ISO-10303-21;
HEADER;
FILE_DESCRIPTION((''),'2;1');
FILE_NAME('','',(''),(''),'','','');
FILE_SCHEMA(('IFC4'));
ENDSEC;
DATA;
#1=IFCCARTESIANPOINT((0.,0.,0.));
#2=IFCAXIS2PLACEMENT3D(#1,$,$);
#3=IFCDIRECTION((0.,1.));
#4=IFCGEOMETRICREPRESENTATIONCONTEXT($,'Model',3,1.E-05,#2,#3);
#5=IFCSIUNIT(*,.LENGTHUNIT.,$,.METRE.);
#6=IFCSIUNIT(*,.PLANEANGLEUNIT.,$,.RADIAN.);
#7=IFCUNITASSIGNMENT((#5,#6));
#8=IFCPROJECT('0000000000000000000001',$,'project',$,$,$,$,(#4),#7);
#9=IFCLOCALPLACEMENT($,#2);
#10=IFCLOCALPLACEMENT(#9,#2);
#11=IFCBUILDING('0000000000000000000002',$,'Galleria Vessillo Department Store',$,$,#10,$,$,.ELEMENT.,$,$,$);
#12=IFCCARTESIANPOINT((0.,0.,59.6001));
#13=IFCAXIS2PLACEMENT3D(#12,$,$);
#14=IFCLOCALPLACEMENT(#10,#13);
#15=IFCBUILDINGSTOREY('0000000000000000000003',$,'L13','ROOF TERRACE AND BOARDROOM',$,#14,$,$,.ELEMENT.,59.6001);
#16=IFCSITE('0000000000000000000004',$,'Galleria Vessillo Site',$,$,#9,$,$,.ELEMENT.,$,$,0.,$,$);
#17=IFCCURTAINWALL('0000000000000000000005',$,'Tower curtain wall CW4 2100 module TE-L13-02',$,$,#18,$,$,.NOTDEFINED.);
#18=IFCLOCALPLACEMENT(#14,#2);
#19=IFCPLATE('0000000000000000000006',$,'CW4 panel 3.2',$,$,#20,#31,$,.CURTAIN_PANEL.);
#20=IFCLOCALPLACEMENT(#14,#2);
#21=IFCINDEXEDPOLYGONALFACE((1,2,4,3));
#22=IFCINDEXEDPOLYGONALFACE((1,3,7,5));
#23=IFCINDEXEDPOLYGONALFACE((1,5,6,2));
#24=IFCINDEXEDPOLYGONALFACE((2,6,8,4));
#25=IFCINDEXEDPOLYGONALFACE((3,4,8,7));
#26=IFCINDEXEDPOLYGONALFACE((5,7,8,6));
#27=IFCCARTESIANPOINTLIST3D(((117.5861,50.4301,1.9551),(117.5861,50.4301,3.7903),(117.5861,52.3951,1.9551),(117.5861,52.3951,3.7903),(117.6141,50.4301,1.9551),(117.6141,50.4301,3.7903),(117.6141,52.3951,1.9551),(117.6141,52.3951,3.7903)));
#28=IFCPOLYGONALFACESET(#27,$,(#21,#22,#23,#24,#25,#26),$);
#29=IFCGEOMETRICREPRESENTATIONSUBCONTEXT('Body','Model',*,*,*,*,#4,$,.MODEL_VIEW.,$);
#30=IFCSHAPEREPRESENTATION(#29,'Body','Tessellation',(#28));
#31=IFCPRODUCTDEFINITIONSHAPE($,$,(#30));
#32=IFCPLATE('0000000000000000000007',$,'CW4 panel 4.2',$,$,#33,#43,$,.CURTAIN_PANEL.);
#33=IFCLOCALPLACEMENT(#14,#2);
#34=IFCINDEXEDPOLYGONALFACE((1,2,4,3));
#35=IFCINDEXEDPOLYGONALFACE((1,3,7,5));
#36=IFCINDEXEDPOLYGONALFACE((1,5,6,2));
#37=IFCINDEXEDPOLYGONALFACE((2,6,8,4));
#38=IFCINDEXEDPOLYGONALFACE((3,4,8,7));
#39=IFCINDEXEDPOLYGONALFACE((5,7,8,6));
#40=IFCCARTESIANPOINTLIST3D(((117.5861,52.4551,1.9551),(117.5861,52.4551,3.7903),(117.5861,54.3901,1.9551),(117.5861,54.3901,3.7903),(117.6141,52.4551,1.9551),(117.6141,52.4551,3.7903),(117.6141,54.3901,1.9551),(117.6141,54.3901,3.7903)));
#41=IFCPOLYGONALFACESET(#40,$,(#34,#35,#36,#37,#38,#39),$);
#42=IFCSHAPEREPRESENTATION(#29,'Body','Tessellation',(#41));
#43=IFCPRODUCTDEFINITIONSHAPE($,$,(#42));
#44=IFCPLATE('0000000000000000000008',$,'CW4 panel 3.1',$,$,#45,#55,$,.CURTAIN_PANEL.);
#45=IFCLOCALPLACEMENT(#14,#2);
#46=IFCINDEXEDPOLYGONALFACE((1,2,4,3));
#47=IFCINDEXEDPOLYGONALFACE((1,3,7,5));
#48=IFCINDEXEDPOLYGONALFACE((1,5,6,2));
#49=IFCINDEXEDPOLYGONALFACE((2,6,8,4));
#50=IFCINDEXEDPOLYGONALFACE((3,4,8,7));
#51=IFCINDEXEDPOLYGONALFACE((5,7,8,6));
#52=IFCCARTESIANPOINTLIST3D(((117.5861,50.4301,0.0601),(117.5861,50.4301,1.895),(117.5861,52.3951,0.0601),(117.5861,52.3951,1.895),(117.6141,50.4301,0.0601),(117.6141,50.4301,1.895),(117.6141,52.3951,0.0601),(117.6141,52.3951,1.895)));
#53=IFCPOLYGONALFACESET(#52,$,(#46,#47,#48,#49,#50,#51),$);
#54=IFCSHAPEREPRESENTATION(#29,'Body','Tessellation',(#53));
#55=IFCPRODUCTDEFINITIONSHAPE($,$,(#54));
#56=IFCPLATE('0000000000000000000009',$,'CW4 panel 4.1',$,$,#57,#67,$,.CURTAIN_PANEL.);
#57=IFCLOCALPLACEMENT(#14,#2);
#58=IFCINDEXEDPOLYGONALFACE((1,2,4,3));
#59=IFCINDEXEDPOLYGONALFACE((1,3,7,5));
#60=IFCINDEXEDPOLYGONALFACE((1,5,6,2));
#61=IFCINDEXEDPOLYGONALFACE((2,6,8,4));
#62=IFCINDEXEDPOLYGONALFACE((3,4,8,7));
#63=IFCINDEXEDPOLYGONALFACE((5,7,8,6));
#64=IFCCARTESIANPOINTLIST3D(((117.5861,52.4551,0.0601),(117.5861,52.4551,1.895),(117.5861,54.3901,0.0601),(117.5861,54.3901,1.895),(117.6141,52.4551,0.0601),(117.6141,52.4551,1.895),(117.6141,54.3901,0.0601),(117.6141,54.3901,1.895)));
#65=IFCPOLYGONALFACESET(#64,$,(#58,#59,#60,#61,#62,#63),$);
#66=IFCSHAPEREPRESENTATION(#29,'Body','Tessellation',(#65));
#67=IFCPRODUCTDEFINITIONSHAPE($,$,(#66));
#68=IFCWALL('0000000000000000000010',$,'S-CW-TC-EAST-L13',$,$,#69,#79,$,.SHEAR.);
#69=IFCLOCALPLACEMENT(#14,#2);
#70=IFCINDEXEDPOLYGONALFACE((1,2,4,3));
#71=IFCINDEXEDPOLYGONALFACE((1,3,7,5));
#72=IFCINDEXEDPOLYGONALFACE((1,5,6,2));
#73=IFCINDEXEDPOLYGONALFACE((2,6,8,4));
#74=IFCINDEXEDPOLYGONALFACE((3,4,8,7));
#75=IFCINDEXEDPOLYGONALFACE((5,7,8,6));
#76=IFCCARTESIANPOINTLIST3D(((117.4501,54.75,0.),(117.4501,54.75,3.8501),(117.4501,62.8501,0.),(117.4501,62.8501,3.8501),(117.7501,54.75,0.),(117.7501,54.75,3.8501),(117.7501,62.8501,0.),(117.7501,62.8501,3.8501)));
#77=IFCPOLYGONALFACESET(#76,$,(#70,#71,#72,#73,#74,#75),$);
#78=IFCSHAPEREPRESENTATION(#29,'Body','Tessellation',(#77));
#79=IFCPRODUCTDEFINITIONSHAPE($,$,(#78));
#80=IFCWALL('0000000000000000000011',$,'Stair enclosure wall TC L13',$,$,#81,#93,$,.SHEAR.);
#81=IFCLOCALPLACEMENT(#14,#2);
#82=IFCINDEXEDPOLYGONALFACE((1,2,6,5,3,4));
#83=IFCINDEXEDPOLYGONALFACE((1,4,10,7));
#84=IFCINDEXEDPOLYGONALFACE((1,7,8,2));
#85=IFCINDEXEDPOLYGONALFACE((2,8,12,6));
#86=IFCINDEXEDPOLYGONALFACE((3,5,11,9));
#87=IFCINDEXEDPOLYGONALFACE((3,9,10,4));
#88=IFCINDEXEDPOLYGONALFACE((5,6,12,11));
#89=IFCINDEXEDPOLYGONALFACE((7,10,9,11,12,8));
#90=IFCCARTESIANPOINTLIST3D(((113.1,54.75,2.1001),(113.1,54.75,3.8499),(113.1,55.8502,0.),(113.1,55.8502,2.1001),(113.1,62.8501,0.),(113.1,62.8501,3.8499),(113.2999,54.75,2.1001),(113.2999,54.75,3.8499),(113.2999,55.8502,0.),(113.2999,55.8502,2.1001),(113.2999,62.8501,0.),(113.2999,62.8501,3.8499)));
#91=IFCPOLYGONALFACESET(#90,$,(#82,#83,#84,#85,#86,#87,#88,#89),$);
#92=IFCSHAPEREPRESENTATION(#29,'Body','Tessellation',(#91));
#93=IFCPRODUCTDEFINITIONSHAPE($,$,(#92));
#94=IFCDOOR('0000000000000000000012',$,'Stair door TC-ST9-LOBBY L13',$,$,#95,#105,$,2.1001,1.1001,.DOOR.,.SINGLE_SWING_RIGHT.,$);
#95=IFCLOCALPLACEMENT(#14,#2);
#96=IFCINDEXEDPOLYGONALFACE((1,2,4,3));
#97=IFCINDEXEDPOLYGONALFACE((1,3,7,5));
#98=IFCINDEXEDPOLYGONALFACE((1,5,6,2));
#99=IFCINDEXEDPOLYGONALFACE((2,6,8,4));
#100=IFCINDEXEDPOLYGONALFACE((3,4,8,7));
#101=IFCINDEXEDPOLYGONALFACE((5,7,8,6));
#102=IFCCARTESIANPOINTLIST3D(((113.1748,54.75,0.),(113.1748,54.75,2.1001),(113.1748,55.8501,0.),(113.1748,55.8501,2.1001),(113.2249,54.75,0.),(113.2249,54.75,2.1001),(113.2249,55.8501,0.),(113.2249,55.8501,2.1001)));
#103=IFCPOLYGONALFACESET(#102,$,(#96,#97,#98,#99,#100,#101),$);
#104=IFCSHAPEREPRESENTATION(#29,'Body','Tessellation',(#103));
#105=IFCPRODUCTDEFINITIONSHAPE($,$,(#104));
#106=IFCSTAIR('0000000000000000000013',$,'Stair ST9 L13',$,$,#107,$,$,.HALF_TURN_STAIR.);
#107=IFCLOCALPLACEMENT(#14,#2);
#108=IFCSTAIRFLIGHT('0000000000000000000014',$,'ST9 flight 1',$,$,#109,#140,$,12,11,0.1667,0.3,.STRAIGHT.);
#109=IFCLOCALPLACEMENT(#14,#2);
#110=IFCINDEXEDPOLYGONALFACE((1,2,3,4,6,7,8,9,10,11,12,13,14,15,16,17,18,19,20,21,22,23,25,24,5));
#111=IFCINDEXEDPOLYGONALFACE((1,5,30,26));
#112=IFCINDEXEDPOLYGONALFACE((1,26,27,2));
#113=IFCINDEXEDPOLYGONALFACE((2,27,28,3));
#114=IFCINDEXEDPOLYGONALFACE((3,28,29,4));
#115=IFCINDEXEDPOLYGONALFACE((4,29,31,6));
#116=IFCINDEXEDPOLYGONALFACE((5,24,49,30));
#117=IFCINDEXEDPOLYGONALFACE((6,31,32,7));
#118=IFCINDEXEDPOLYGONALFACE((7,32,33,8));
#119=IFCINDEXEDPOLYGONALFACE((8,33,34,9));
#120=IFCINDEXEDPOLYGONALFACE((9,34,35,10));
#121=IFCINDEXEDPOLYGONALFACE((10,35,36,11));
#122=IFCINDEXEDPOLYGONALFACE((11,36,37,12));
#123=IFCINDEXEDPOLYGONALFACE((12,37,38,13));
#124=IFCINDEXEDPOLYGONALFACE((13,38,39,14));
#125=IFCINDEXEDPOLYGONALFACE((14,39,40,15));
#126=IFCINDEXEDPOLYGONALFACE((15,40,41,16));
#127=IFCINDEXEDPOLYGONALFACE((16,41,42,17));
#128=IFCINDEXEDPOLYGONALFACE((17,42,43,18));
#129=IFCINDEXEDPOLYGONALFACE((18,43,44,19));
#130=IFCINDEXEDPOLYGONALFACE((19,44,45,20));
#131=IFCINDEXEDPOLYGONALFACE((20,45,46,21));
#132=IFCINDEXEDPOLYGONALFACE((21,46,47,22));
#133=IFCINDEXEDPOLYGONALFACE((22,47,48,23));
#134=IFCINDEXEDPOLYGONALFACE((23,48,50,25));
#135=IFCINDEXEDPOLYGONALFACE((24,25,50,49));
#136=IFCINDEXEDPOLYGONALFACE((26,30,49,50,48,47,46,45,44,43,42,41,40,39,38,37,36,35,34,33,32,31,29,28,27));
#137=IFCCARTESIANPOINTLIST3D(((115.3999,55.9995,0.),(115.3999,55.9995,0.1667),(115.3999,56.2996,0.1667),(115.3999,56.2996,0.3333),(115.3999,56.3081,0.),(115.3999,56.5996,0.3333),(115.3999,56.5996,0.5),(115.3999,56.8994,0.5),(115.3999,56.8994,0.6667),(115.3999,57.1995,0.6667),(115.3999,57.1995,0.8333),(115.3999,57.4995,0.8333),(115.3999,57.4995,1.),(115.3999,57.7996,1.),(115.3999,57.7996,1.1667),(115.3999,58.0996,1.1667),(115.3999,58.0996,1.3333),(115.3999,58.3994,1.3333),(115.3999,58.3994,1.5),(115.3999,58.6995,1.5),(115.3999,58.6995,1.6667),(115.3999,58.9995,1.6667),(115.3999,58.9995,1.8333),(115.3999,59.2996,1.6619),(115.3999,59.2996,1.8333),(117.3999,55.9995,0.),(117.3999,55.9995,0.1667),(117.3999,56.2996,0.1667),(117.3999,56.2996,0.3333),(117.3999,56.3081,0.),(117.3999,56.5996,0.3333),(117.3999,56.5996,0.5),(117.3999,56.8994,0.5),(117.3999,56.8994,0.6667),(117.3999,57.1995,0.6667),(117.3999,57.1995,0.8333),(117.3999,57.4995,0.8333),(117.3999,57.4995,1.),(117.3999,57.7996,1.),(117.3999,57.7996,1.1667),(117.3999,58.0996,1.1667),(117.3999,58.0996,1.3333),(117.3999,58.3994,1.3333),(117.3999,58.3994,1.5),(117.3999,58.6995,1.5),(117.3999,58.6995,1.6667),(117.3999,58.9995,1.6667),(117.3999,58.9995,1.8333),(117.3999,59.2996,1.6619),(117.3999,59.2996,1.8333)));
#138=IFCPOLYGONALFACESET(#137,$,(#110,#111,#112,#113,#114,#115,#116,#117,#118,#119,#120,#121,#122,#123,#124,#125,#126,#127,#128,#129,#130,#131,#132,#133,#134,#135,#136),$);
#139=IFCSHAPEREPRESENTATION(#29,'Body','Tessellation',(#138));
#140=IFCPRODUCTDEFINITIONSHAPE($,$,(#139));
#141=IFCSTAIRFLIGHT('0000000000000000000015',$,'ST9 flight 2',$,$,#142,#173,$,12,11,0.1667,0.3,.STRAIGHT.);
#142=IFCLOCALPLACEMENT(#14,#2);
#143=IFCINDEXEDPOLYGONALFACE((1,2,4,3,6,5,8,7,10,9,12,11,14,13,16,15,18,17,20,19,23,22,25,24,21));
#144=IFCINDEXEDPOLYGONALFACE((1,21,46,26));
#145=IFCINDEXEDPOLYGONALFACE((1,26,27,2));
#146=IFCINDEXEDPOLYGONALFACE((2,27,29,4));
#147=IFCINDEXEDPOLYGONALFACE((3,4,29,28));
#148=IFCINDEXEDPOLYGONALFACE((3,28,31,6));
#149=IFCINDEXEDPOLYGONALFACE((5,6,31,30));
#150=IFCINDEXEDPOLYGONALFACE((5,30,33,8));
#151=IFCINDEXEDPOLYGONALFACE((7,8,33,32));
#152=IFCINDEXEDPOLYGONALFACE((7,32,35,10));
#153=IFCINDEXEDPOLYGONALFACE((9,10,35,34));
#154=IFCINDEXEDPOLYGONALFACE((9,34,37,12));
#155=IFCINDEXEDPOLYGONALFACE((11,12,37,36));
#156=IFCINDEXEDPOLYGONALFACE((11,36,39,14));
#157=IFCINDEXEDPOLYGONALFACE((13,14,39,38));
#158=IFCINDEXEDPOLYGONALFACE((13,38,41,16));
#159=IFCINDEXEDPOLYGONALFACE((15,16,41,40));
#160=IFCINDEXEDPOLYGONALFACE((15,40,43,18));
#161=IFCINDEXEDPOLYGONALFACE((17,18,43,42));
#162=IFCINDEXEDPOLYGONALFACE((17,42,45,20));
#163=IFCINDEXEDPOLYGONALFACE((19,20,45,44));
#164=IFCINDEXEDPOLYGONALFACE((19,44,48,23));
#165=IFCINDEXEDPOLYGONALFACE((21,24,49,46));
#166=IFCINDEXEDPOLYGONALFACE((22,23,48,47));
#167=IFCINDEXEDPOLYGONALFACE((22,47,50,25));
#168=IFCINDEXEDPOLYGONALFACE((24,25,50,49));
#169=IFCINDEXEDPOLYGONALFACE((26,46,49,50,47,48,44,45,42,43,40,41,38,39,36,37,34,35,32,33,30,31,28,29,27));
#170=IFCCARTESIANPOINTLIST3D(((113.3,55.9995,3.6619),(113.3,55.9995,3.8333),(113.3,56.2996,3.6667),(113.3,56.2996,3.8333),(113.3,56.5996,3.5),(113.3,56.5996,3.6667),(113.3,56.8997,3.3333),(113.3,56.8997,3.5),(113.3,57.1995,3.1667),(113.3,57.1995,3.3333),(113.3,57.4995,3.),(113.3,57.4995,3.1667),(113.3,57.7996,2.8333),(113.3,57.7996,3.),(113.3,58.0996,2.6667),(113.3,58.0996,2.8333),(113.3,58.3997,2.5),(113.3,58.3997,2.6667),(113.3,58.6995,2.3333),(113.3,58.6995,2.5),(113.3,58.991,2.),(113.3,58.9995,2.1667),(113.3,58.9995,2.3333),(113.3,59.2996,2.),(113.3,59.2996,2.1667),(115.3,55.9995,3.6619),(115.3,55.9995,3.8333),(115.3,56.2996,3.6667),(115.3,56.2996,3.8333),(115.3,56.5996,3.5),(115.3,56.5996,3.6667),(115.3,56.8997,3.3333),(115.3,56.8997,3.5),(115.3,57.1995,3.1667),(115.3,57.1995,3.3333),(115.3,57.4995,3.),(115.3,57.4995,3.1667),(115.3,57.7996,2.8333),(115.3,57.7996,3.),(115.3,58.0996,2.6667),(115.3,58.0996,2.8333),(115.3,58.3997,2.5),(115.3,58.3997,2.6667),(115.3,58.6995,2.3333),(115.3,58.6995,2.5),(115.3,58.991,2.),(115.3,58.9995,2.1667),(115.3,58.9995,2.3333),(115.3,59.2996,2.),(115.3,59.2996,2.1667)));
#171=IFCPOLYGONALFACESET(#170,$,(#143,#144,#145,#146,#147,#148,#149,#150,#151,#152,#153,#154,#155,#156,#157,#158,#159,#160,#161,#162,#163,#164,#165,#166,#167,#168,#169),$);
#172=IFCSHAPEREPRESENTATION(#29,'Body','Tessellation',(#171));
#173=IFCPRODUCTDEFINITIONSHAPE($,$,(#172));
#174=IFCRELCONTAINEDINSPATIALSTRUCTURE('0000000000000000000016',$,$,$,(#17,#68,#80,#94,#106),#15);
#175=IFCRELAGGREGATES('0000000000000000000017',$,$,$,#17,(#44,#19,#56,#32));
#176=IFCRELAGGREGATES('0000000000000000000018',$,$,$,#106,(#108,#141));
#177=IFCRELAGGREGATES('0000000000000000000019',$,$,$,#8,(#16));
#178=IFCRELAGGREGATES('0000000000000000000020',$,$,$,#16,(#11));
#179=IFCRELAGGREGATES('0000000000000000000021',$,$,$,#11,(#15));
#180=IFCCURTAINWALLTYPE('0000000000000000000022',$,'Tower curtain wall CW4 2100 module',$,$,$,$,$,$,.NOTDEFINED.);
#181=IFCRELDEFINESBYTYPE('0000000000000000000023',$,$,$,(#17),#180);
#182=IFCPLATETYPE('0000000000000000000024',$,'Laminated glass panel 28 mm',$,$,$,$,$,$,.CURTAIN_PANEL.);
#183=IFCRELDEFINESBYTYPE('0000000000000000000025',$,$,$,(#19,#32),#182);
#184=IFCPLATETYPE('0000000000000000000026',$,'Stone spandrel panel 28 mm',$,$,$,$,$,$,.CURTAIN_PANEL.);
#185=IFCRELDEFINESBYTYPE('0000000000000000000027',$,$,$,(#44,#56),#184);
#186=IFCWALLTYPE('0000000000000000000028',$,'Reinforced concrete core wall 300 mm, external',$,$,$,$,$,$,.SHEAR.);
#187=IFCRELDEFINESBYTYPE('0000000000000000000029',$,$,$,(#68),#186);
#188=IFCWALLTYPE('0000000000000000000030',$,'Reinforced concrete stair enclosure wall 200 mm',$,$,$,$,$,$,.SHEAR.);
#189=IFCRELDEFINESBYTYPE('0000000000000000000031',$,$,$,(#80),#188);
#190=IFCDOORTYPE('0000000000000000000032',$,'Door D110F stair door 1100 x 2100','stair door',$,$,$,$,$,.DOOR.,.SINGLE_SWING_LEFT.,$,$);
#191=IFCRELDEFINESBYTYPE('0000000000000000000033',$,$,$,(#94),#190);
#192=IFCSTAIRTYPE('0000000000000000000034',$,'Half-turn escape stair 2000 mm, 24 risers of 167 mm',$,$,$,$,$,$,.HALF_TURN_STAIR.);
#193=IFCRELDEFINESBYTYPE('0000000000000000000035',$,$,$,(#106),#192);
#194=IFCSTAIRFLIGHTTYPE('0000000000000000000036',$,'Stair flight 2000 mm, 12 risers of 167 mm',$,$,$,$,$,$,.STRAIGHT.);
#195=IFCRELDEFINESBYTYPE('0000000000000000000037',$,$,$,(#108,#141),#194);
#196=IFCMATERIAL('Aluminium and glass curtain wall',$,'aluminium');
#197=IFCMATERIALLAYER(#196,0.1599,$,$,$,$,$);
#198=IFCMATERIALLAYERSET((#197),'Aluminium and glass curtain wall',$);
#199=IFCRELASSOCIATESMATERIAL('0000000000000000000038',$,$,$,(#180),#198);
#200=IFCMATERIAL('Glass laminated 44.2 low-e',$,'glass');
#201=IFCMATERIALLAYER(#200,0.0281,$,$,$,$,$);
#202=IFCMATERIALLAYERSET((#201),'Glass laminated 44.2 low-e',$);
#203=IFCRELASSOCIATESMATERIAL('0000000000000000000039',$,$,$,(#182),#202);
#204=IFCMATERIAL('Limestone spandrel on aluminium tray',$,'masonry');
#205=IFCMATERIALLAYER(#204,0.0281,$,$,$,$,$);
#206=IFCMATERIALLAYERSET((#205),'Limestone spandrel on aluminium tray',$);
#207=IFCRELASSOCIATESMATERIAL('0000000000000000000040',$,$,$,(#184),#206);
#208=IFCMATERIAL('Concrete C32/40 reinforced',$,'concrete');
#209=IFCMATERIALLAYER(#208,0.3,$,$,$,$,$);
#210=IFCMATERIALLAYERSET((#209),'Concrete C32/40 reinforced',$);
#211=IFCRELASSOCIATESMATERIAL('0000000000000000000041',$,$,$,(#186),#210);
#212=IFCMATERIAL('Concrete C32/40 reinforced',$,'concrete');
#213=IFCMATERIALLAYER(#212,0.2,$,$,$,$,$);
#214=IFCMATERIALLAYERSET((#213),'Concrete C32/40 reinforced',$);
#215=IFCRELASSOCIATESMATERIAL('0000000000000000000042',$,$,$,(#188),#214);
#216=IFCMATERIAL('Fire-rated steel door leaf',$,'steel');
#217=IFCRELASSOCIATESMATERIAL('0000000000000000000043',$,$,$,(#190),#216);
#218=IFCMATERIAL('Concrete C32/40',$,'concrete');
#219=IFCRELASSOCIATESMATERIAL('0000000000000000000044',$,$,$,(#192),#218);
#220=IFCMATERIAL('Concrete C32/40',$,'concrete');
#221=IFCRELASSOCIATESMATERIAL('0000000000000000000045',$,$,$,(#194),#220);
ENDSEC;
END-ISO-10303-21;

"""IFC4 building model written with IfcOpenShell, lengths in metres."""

from ifc_helpers import new_model, si_unit, direction, frame, frame_2d, origin, origin_2d, place, context, subcontext, project, spatial, polyline, rectangle, outline, extrude, material, layer, layer_set, type_object, element, fill, aggregate, save


model = new_model("IFC4")

# Units and contexts
model_context = context("Model", 3, precision=1e-05, world=origin(), true_north=direction((0.0, 1.0)))
body_context = subcontext(model_context, "Body", "Model", "MODEL_VIEW")
ifc_project = project(units=[si_unit("LENGTHUNIT", "METRE"), si_unit("PLANEANGLEUNIT", "RADIAN")], contexts=[model_context])

# Site, building, storey
site_placement = place(None, origin())
site = spatial("IfcSite", under=ifc_project, at=site_placement, Name="Galleria Vessillo Site", CompositionType="ELEMENT", RefElevation=0.0)
building_placement = place(site_placement, origin())
building = spatial("IfcBuilding", under=site, at=building_placement, Name="Galleria Vessillo Department Store", CompositionType="ELEMENT")
storey_placement = place(building_placement, frame((0.0, 0.0, 59.6001)))
storey = spatial("IfcBuildingStorey", under=building, at=storey_placement, Name="L13", Description="ROOF TERRACE AND BOARDROOM", CompositionType="ELEMENT", Elevation=59.6001)

# Curtain wall, plates
ifc_material_1 = material(Name="Aluminium and glass curtain wall", Category="aluminium")
ifc_layer_1 = layer(ifc_material_1, 0.1599)
ifc_layer_set_1 = layer_set([ifc_layer_1], Name="Aluminium and glass curtain wall")
curtain_wall_type = type_object("IfcCurtainWallType", Name="Tower curtain wall CW4 2100 module", PredefinedType="NOTDEFINED", material=ifc_layer_set_1)
curtain_wall_placement = place(storey_placement, origin())
curtain_wall = element("IfcCurtainWall", 1, at=curtain_wall_placement, inside=storey, type_object=curtain_wall_type, Name="Tower curtain wall CW4 2100 module TE-L13-02", PredefinedType="NOTDEFINED")
ifc_material_2 = material(Name="Glass laminated 44.2 low-e", Category="glass")
ifc_layer_2 = layer(ifc_material_2, 0.0281)
ifc_layer_set_2 = layer_set([ifc_layer_2], Name="Glass laminated 44.2 low-e")
plate_type_1 = type_object("IfcPlateType", Name="Laminated glass panel 28 mm", PredefinedType="CURTAIN_PANEL", material=ifc_layer_set_2)
plate_1_placement = place(storey_placement, frame((117.6001, 51.4126, 1.9551), z_axis=(0.0, 0.0, 1.0), x_axis=(0.0, 1.0, 0.0)))
plate_1 = element("IfcPlate", 2, at=plate_1_placement, type_object=plate_type_1, Name="CW4 panel 3.2", PredefinedType="CURTAIN_PANEL", context=body_context, shape_type="SweptSolid", body=[
    extrude(rectangle(XDim=1.9651, YDim=0.0281, at=origin_2d()), origin(), (0.0, 0.0, 1.0), 1.8352),
])
plate_2_placement = place(storey_placement, frame((117.6001, 53.4226, 1.9551), z_axis=(0.0, 0.0, 1.0), x_axis=(0.0, 1.0, 0.0)))
plate_2 = element("IfcPlate", 3, at=plate_2_placement, type_object=plate_type_1, Name="CW4 panel 4.2", PredefinedType="CURTAIN_PANEL", context=body_context, shape_type="SweptSolid", body=[
    extrude(rectangle(XDim=1.9351, YDim=0.0281, at=origin_2d()), origin(), (0.0, 0.0, 1.0), 1.8352),
])
ifc_material_3 = material(Name="Limestone spandrel on aluminium tray", Category="masonry")
ifc_layer_3 = layer(ifc_material_3, 0.0281)
ifc_layer_set_3 = layer_set([ifc_layer_3], Name="Limestone spandrel on aluminium tray")
plate_type_2 = type_object("IfcPlateType", Name="Stone spandrel panel 28 mm", PredefinedType="CURTAIN_PANEL", material=ifc_layer_set_3)
plate_3_placement = place(storey_placement, frame((117.6001, 51.4126, 0.0601), z_axis=(0.0, 0.0, 1.0), x_axis=(0.0, 1.0, 0.0)))
plate_3 = element("IfcPlate", 4, at=plate_3_placement, type_object=plate_type_2, Name="CW4 panel 3.1", PredefinedType="CURTAIN_PANEL", context=body_context, shape_type="SweptSolid", body=[
    extrude(rectangle(XDim=1.9651, YDim=0.0281, at=origin_2d()), origin(), (0.0, 0.0, 1.0), 1.835),
])
plate_4_placement = place(storey_placement, frame((117.6001, 53.4226, 0.0601), z_axis=(0.0, 0.0, 1.0), x_axis=(0.0, 1.0, 0.0)))
plate_4 = element("IfcPlate", 5, at=plate_4_placement, type_object=plate_type_2, Name="CW4 panel 4.1", PredefinedType="CURTAIN_PANEL", context=body_context, shape_type="SweptSolid", body=[
    extrude(rectangle(XDim=1.9351, YDim=0.0281, at=origin_2d()), origin(), (0.0, 0.0, 1.0), 1.835),
])
aggregate(curtain_wall, [plate_3, plate_1, plate_4, plate_2])

# Wall
ifc_material_4 = material(Name="Concrete C32/40 reinforced", Category="concrete")
ifc_layer_4 = layer(ifc_material_4, 0.3)
ifc_layer_set_4 = layer_set([ifc_layer_4], Name="Concrete C32/40 reinforced")
wall_type_1 = type_object("IfcWallType", Name="Reinforced concrete core wall 300 mm, external", PredefinedType="SHEAR", material=ifc_layer_set_4)
wall_1_placement = place(storey_placement, frame((117.6001, 54.75, 0.0), z_axis=(0.0, 0.0, 1.0), x_axis=(0.0, 1.0, 0.0)))
element("IfcWall", 6, at=wall_1_placement, inside=storey, type_object=wall_type_1, Name="S-CW-TC-EAST-L13", PredefinedType="SHEAR", context=body_context, shape_type="SweptSolid", body=[
    extrude(rectangle(XDim=8.1001, YDim=0.3, at=frame_2d((4.05, 0.0))), origin(), (0.0, 0.0, 1.0), 3.8501),
])

# Wall, opening, door
ifc_material_5 = material(Name="Concrete C32/40 reinforced", Category="concrete")
ifc_layer_5 = layer(ifc_material_5, 0.2)
ifc_layer_set_5 = layer_set([ifc_layer_5], Name="Concrete C32/40 reinforced")
wall_type_2 = type_object("IfcWallType", Name="Reinforced concrete stair enclosure wall 200 mm", PredefinedType="SHEAR", material=ifc_layer_set_5)
wall_2_placement = place(storey_placement, frame((113.2, 62.8501, 0.0), z_axis=(0.0, 0.0, 1.0), x_axis=(0.0, -1.0, 0.0)))
wall_2 = element("IfcWall", 7, at=wall_2_placement, inside=storey, type_object=wall_type_2, Name="Stair enclosure wall TC L13", PredefinedType="SHEAR", context=body_context, shape_type="SweptSolid", body=[
    extrude(rectangle(XDim=8.1001, YDim=0.2, at=frame_2d((4.05, 0.0))), origin(), (0.0, 0.0, 1.0), 3.8499),
])
opening_placement = place(wall_2_placement, frame((7.0, 0.0, 0.0)))
opening = element("IfcOpeningElement", 8, at=opening_placement, cuts=wall_2, PredefinedType="OPENING", context=body_context, shape_type="SweptSolid", body=[
    extrude(rectangle(XDim=1.1101, YDim=2.1001, at=frame_2d((0.5549, 1.05))), frame((0.0, 0.1099, 0.0), z_axis=(0.0, -1.0, 0.0), x_axis=(1.0, 0.0, 0.0)), (0.0, 0.0, 1.0), 0.22),
])
ifc_material_6 = material(Name="Fire-rated steel door leaf", Category="steel")
door_type = type_object("IfcDoorType", Name="Door D110F stair door 1100 x 2100", Description="stair door", OperationType="SINGLE_SWING_LEFT", PredefinedType="DOOR", material=ifc_material_6)
door_placement = place(opening_placement, origin())
door = element("IfcDoor", 9, at=door_placement, inside=storey, type_object=door_type, Name="Stair door TC-ST9-LOBBY L13", OperationType="SINGLE_SWING_RIGHT", OverallHeight=2.1001, OverallWidth=1.1001, PredefinedType="DOOR", context=body_context, shape_type="SweptSolid", body=[
    extrude(rectangle(XDim=1.1001, YDim=2.1001, at=frame_2d((0.55, 1.05))), frame((0.0, 0.0249, 0.0), z_axis=(0.0, -1.0, 0.0), x_axis=(1.0, 0.0, 0.0)), (0.0, 0.0, 1.0), 0.05),
])
fill(opening, door)

# Stair, stair flights
ifc_material_7 = material(Name="Concrete C32/40", Category="concrete")
stair_type = type_object("IfcStairType", Name="Half-turn escape stair 2000 mm, 24 risers of 167 mm", PredefinedType="HALF_TURN_STAIR", material=ifc_material_7)
stair_placement = place(storey_placement, origin())
stair = element("IfcStair", 10, at=stair_placement, inside=storey, type_object=stair_type, Name="Stair ST9 L13", PredefinedType="HALF_TURN_STAIR")
ifc_material_8 = material(Name="Concrete C32/40", Category="concrete")
stair_flight_type = type_object("IfcStairFlightType", Name="Stair flight 2000 mm, 12 risers of 167 mm", PredefinedType="STRAIGHT", material=ifc_material_8)
stair_flight_1_placement = place(storey_placement, frame((116.3999, 55.9995, 0.0), z_axis=(0.0, 0.0, 1.0), x_axis=(0.0, 1.0, 0.0)))
stair_flight_1 = element("IfcStairFlight", 11, at=stair_flight_1_placement, type_object=stair_flight_type, Name="ST9 flight 1", NumberOfRisers=12, NumberOfTreads=11, PredefinedType="STRAIGHT", RiserHeight=0.1667, TreadLength=0.3, context=body_context, shape_type="SweptSolid", body=[
    extrude(outline(polyline([(0.0, 0.0), (0.0, 0.1667), (0.3, 0.1667), (0.3, 0.3333), (0.6001, 0.3333), (0.6001, 0.5), (0.8999, 0.5), (0.8999, 0.6667), (1.2, 0.6667), (1.2, 0.8333), (1.5, 0.8333), (1.5, 1.0), (1.8, 1.0), (1.8, 1.1667), (2.1001, 1.1667), (2.1001, 1.3333), (2.3999, 1.3333), (2.3999, 1.5), (2.7, 1.5), (2.7, 1.6667), (3.0, 1.6667), (3.0, 1.8333), (3.3, 1.8333), (3.3, 2.0), (3.3, 1.6619), (0.3086, 0.0), (0.0, 0.0)])), frame((0.0, 1.0, 0.0), z_axis=(0.0, -1.0, 0.0), x_axis=(1.0, 0.0, 0.0)), (0.0, 0.0, 1.0), 2.0),
])
stair_flight_2_placement = place(storey_placement, frame((114.3, 59.2996, 2.0), z_axis=(0.0, 0.0, 1.0), x_axis=(0.0, -1.0, 0.0)))
stair_flight_2 = element("IfcStairFlight", 12, at=stair_flight_2_placement, type_object=stair_flight_type, Name="ST9 flight 2", NumberOfRisers=12, NumberOfTreads=11, PredefinedType="STRAIGHT", RiserHeight=0.1667, TreadLength=0.3, context=body_context, shape_type="SweptSolid", body=[
    extrude(outline(polyline([(0.0, 0.0), (0.0, 0.1667), (0.3, 0.1667), (0.3, 0.3333), (0.6001, 0.3333), (0.6001, 0.5), (0.8999, 0.5), (0.8999, 0.6667), (1.2, 0.6667), (1.2, 0.8333), (1.5, 0.8333), (1.5, 1.0), (1.8, 1.0), (1.8, 1.1667), (2.1001, 1.1667), (2.1001, 1.3333), (2.3999, 1.3333), (2.3999, 1.5), (2.7, 1.5), (2.7, 1.6667), (3.0, 1.6667), (3.0, 1.8333), (3.3, 1.8333), (3.3, 2.0), (3.3, 1.6619), (0.3086, 0.0), (0.0, 0.0)])), frame((0.0, 1.0, 0.0), z_axis=(0.0, -1.0, 0.0), x_axis=(1.0, 0.0, 0.0)), (0.0, 0.0, 1.0), 2.0),
])
aggregate(stair, [stair_flight_1, stair_flight_2])

save(model, "model.ifc")
